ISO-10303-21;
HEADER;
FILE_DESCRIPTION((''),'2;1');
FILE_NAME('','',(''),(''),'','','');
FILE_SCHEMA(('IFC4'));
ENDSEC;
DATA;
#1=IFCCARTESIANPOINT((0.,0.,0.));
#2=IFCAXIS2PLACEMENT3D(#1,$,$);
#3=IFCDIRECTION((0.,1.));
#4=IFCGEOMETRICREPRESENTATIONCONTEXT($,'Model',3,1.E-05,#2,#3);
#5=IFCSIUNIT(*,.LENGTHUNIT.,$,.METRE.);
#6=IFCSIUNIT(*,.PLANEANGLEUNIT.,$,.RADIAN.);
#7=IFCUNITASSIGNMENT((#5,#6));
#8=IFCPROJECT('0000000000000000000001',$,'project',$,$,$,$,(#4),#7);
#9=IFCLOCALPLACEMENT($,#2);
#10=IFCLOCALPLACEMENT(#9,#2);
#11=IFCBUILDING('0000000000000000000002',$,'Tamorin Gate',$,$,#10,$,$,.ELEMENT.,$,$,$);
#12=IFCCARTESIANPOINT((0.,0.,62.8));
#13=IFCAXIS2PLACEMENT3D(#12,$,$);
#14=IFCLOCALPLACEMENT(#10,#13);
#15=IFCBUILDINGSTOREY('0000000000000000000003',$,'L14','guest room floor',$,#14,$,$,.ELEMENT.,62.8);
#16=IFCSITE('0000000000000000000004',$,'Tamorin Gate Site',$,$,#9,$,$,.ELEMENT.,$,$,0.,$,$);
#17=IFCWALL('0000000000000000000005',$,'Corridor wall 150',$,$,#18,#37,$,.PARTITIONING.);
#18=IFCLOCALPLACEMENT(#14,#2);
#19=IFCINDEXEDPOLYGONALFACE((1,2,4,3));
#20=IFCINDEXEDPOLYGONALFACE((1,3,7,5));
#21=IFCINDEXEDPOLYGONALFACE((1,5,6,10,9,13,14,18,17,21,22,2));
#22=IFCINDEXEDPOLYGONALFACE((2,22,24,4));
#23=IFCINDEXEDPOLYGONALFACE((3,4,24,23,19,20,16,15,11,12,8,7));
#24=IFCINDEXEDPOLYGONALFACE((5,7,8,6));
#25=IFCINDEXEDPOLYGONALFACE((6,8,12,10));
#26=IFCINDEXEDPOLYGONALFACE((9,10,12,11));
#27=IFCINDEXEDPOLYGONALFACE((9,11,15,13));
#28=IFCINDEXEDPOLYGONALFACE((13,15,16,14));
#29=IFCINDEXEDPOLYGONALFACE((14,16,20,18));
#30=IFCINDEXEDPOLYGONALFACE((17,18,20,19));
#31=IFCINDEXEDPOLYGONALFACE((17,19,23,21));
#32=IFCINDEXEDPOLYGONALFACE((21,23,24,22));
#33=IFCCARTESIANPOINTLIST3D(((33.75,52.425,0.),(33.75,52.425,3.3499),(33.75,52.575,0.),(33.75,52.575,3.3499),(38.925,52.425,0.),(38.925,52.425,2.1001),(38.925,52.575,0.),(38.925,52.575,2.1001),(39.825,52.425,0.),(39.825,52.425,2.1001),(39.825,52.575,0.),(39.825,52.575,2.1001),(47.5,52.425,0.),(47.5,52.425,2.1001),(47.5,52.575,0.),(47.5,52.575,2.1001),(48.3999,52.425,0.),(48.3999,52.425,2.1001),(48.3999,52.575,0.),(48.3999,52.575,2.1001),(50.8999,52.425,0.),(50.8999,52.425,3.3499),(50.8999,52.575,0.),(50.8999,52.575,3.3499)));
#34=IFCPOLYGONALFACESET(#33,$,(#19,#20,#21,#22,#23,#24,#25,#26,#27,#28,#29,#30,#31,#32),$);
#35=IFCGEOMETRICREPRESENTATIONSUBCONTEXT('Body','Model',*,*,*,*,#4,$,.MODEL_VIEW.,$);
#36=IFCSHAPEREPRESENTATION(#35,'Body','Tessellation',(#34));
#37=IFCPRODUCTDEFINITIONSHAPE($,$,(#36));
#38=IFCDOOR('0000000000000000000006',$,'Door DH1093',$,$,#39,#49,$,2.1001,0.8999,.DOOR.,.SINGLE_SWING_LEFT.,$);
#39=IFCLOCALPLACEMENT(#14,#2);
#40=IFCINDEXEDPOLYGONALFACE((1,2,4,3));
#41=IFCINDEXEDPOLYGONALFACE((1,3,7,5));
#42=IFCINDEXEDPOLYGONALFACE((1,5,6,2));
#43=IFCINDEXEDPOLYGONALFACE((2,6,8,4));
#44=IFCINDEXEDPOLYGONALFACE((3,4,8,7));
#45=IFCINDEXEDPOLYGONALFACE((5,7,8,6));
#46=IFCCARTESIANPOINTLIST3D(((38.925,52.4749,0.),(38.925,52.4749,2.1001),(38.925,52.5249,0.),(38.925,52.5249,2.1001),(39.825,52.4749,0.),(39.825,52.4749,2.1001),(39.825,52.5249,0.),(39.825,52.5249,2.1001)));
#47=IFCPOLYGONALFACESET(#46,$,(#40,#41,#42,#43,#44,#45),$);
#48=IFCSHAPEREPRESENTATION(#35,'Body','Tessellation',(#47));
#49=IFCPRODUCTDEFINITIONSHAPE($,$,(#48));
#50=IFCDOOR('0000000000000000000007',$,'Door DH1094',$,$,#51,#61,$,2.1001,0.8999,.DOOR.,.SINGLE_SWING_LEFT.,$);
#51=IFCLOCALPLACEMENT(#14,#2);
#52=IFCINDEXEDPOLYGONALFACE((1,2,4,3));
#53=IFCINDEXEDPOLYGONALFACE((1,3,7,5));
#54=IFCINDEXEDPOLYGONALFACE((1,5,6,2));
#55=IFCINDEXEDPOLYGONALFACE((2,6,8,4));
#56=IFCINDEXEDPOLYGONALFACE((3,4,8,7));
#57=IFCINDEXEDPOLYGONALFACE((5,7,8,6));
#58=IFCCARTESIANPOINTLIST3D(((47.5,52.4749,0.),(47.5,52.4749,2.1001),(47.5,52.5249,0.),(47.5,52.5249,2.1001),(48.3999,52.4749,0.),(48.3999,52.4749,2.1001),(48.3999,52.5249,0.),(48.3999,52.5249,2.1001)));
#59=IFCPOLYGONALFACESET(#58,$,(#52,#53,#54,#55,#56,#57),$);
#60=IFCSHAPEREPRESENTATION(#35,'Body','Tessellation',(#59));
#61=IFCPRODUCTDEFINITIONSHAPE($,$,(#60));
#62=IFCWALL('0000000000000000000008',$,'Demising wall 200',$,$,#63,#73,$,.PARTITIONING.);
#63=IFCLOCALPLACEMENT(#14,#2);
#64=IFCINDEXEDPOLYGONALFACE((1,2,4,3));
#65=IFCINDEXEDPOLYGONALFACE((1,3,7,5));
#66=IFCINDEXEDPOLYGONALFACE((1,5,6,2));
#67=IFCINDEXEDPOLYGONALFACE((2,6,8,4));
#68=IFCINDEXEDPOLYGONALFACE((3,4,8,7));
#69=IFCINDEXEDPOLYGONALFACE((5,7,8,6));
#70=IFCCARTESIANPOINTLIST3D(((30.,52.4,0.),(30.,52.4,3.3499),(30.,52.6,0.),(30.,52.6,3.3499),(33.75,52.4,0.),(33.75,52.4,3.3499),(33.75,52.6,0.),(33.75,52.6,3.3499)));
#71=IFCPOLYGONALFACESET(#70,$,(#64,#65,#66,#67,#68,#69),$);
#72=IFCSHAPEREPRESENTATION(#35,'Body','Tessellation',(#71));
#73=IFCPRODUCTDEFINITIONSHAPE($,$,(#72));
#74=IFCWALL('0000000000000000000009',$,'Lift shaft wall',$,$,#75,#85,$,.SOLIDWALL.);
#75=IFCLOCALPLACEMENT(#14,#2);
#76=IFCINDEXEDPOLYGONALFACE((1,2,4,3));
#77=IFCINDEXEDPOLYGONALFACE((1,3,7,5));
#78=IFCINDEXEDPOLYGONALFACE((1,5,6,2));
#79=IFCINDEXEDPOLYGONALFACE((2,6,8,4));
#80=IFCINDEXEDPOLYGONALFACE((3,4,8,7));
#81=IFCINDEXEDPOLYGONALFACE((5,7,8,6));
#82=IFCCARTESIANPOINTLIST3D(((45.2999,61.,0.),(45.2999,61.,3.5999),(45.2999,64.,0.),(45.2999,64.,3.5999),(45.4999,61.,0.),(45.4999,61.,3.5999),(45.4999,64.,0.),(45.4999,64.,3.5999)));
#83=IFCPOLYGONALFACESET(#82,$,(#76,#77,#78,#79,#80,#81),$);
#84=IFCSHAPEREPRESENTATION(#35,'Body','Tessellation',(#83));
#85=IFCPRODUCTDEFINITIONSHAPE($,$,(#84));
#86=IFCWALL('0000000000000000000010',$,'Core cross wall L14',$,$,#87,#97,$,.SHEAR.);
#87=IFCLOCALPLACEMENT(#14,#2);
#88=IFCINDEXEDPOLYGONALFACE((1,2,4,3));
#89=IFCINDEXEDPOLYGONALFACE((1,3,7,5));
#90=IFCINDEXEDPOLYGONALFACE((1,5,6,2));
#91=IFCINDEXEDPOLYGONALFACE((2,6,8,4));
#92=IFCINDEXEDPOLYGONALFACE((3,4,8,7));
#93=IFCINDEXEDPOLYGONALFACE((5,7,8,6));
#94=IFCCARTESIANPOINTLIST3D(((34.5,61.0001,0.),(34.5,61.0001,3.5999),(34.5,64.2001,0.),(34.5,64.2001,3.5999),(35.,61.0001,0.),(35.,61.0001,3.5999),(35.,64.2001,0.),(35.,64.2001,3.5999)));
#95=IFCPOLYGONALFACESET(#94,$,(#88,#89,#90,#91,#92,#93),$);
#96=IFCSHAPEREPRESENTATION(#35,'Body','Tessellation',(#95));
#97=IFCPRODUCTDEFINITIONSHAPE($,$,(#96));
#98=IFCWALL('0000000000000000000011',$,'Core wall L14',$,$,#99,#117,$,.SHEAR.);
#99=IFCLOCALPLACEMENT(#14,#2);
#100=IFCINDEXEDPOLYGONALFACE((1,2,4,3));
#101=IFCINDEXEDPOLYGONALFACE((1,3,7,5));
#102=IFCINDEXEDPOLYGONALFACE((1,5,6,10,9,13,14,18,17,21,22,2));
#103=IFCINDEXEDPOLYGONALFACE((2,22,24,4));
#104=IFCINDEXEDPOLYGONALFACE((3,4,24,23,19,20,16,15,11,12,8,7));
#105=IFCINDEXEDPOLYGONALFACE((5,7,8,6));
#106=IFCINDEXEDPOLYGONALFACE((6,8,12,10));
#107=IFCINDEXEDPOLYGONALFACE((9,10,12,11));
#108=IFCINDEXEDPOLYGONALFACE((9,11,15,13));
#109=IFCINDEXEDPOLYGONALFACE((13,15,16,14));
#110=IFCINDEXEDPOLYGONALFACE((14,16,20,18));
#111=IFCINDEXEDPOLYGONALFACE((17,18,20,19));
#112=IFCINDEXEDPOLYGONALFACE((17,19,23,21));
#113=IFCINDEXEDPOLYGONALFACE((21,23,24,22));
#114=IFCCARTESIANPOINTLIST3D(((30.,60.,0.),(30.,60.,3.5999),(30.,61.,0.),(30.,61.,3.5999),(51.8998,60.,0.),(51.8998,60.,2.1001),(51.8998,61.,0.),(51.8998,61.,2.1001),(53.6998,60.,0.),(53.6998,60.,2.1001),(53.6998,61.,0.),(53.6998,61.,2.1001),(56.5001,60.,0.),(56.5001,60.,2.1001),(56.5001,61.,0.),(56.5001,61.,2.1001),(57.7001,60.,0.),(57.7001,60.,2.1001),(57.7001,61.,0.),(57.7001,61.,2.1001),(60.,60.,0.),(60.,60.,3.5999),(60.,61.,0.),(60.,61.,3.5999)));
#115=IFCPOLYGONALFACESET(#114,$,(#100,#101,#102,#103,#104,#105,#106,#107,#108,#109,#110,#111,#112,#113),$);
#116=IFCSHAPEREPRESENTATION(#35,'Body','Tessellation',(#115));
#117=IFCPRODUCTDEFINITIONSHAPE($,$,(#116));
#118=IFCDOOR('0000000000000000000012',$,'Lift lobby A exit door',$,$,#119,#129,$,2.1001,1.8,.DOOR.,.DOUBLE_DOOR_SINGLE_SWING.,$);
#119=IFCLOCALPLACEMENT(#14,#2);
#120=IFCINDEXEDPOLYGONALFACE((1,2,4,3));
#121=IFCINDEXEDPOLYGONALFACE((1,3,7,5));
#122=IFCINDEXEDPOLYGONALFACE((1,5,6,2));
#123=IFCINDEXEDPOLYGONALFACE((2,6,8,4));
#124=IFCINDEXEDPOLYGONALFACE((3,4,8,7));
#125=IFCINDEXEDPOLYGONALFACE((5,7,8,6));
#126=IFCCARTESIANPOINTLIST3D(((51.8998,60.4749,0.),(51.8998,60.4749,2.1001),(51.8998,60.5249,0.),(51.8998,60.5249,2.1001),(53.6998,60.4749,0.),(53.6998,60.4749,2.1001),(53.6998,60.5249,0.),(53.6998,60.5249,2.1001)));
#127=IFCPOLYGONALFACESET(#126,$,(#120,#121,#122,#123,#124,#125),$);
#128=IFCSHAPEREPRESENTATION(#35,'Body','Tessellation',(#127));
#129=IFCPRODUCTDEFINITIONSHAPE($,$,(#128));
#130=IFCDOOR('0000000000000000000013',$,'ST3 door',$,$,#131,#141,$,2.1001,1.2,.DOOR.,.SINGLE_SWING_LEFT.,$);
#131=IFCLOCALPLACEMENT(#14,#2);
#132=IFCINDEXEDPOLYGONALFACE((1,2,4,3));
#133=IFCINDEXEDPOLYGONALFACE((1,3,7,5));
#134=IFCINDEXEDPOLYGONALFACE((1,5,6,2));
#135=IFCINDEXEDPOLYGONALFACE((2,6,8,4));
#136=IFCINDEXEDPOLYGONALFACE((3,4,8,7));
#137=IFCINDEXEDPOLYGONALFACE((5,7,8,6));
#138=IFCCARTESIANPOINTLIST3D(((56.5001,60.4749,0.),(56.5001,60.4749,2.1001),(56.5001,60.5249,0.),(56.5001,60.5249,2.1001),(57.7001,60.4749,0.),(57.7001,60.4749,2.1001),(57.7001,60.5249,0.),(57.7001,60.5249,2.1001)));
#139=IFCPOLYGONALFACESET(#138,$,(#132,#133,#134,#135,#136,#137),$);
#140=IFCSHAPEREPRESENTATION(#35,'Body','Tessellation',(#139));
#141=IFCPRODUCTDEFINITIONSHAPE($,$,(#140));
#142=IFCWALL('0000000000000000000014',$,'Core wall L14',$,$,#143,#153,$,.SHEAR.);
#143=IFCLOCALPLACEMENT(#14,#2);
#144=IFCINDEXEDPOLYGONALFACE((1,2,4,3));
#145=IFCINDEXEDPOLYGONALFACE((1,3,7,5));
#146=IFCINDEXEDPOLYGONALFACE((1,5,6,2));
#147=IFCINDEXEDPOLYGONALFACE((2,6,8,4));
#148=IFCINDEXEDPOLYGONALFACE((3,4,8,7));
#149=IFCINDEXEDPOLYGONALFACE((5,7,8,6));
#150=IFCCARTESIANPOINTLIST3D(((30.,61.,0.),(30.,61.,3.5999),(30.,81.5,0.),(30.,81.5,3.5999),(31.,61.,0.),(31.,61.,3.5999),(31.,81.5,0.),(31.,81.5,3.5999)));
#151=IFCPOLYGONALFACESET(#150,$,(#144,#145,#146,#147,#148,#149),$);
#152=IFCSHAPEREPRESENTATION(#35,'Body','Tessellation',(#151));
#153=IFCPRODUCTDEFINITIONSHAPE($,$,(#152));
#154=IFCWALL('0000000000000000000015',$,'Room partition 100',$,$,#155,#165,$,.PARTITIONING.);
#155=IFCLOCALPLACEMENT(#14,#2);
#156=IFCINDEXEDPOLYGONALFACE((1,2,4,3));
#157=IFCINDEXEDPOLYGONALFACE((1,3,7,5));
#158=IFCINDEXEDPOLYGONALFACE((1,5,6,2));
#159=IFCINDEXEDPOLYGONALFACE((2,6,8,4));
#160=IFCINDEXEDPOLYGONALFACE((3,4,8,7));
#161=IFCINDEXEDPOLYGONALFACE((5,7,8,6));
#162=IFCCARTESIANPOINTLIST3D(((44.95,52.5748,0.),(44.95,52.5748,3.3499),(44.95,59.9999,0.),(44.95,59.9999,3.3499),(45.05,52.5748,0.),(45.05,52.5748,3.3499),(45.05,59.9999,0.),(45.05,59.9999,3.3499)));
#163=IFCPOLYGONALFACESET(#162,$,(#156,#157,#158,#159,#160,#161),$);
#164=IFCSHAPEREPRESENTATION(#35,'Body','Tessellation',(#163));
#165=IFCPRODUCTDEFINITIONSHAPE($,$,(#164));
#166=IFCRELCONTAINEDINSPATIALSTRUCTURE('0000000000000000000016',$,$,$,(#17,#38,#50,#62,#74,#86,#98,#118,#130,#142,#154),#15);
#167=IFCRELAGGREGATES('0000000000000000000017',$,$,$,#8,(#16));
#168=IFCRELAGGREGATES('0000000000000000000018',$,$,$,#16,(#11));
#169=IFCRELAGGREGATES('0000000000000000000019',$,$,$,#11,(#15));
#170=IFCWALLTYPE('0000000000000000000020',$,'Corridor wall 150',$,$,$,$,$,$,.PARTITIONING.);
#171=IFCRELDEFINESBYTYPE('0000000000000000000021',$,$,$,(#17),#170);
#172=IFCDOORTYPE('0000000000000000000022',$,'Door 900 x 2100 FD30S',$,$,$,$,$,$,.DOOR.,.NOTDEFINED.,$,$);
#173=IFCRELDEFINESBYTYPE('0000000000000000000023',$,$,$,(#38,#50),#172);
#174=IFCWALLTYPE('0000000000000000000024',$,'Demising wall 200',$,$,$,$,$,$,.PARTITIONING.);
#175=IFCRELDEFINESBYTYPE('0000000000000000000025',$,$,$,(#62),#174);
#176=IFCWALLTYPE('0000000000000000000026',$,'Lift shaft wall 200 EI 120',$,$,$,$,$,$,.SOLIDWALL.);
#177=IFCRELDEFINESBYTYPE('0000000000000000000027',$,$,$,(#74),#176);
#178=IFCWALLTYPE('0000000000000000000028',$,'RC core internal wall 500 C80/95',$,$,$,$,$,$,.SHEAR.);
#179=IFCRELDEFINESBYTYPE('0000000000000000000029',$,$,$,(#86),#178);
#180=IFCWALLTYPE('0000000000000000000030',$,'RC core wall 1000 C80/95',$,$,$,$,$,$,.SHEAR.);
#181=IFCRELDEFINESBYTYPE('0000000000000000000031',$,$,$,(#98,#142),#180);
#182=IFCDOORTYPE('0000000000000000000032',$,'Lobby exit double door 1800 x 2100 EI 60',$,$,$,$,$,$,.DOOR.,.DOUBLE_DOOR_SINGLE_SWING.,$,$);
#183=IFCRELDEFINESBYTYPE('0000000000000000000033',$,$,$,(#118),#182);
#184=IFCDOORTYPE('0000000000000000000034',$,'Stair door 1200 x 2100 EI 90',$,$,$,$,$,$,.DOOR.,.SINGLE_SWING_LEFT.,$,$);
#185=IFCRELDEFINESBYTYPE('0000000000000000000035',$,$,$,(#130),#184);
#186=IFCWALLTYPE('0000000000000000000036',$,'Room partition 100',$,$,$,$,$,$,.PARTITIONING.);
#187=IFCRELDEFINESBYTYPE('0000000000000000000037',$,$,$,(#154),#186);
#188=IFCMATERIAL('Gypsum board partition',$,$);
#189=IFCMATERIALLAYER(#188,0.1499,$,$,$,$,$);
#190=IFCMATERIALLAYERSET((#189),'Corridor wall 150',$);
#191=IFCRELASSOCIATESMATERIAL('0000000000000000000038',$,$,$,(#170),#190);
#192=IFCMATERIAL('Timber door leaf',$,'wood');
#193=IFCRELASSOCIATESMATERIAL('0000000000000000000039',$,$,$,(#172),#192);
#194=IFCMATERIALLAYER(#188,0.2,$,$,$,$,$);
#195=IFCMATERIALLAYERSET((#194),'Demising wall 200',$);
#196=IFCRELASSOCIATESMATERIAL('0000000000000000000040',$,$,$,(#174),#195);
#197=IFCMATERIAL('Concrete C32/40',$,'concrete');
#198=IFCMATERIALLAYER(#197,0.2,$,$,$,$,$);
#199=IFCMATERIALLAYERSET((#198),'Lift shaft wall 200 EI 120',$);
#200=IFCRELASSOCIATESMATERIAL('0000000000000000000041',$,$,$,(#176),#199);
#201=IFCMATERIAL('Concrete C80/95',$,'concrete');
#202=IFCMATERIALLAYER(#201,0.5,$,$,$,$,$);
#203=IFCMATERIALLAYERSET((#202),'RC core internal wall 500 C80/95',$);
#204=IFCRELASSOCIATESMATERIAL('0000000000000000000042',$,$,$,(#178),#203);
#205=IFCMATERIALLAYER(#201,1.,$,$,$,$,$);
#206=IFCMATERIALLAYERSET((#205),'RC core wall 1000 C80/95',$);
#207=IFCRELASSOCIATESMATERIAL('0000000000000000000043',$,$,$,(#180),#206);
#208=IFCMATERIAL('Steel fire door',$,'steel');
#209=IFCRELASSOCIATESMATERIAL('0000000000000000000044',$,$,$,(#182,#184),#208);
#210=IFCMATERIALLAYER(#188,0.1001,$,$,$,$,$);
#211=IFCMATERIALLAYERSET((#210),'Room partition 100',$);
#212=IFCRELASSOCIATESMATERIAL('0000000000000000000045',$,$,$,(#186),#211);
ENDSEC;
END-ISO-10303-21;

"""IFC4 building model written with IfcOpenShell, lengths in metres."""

from ifc_helpers import new_model, si_unit, direction, frame, frame_2d, origin, place, context, subcontext, project, spatial, rectangle, extrude, material, layer, layer_set, type_object, element, fill, save


model = new_model("IFC4")

# Units and contexts
model_context = context("Model", 3, precision=1e-05, world=origin(), true_north=direction((0.0, 1.0)))
body_context = subcontext(model_context, "Body", "Model", "MODEL_VIEW")
ifc_project = project(units=[si_unit("LENGTHUNIT", "METRE"), si_unit("PLANEANGLEUNIT", "RADIAN")], contexts=[model_context])

# Site, building, storey
site_placement = place(None, origin())
site = spatial("IfcSite", under=ifc_project, at=site_placement, Name="Tamorin Gate Site", CompositionType="ELEMENT", RefElevation=0.0)
building_placement = place(site_placement, origin())
building = spatial("IfcBuilding", under=site, at=building_placement, Name="Tamorin Gate", CompositionType="ELEMENT")
storey_placement = place(building_placement, frame((0.0, 0.0, 62.8)))
storey = spatial("IfcBuildingStorey", under=building, at=storey_placement, Name="L14", Description="guest room floor", CompositionType="ELEMENT", Elevation=62.8)

# Shared definitions
ifc_material_1 = material(Name="Concrete C80/95", Category="concrete")

# Wall, openings, doors
ifc_material_2 = material(Name="Gypsum board partition")
ifc_layer_1 = layer(ifc_material_2, 0.1499)
ifc_layer_set_1 = layer_set([ifc_layer_1], Name="Corridor wall 150")
wall_type_1 = type_object("IfcWallType", Name="Corridor wall 150", PredefinedType="PARTITIONING", material=ifc_layer_set_1)
wall_1_placement = place(storey_placement, frame((33.75, 52.5, 0.0), z_axis=(0.0, 0.0, 1.0), x_axis=(1.0, 0.0, 0.0)))
wall_1 = element("IfcWall", 1, at=wall_1_placement, inside=storey, type_object=wall_type_1, Name="Corridor wall 150", PredefinedType="PARTITIONING", context=body_context, shape_type="SweptSolid", body=[
    extrude(rectangle(XDim=17.1499, YDim=0.1499, at=frame_2d((8.575, 0.0))), origin(), (0.0, 0.0, 1.0), 3.3499),
])
opening_1_placement = place(wall_1_placement, frame((5.175, 0.0, 0.0)))
opening_1 = element("IfcOpeningElement", 2, at=opening_1_placement, cuts=wall_1, PredefinedType="OPENING", context=body_context, shape_type="SweptSolid", body=[
    extrude(rectangle(XDim=0.8999, YDim=2.1001, at=frame_2d((0.45, 1.05))), frame((0.0, 0.085, 0.0), z_axis=(0.0, -1.0, 0.0), x_axis=(1.0, 0.0, 0.0)), (0.0, 0.0, 1.0), 0.1699),
])
opening_2_placement = place(wall_1_placement, frame((13.75, 0.0, 0.0)))
opening_2 = element("IfcOpeningElement", 3, at=opening_2_placement, cuts=wall_1, PredefinedType="OPENING", context=body_context, shape_type="SweptSolid", body=[
    extrude(rectangle(XDim=0.8999, YDim=2.1001, at=frame_2d((0.45, 1.05))), frame((0.0, 0.085, 0.0), z_axis=(0.0, -1.0, 0.0), x_axis=(1.0, 0.0, 0.0)), (0.0, 0.0, 1.0), 0.1699),
])
ifc_material_3 = material(Name="Timber door leaf", Category="wood")
door_type_1 = type_object("IfcDoorType", Name="Door 900 x 2100 FD30S", OperationType="NOTDEFINED", PredefinedType="DOOR", material=ifc_material_3)
door_1_placement = place(opening_1_placement, origin())
door_1 = element("IfcDoor", 4, at=door_1_placement, inside=storey, type_object=door_type_1, Name="Door DH1093", OperationType="SINGLE_SWING_LEFT", OverallHeight=2.1001, OverallWidth=0.8999, PredefinedType="DOOR", context=body_context, shape_type="SweptSolid", body=[
    extrude(rectangle(XDim=0.8999, YDim=2.1001, at=frame_2d((0.45, 1.05))), frame((0.0, 0.0249, 0.0), z_axis=(0.0, -1.0, 0.0), x_axis=(1.0, 0.0, 0.0)), (0.0, 0.0, 1.0), 0.05),
])
fill(opening_1, door_1)
door_2_placement = place(opening_2_placement, origin())
door_2 = element("IfcDoor", 5, at=door_2_placement, inside=storey, type_object=door_type_1, Name="Door DH1094", OperationType="SINGLE_SWING_LEFT", OverallHeight=2.1001, OverallWidth=0.8999, PredefinedType="DOOR", context=body_context, shape_type="SweptSolid", body=[
    extrude(rectangle(XDim=0.8999, YDim=2.1001, at=frame_2d((0.45, 1.05))), frame((0.0, 0.0249, 0.0), z_axis=(0.0, -1.0, 0.0), x_axis=(1.0, 0.0, 0.0)), (0.0, 0.0, 1.0), 0.05),
])
fill(opening_2, door_2)

# Walls
ifc_layer_2 = layer(ifc_material_2, 0.2)
ifc_layer_set_2 = layer_set([ifc_layer_2], Name="Demising wall 200")
wall_type_2 = type_object("IfcWallType", Name="Demising wall 200", PredefinedType="PARTITIONING", material=ifc_layer_set_2)
wall_2_placement = place(storey_placement, frame((30.0, 52.5, 0.0), z_axis=(0.0, 0.0, 1.0), x_axis=(1.0, 0.0, 0.0)))
element("IfcWall", 6, at=wall_2_placement, inside=storey, type_object=wall_type_2, Name="Demising wall 200", PredefinedType="PARTITIONING", context=body_context, shape_type="SweptSolid", body=[
    extrude(rectangle(XDim=3.75, YDim=0.2, at=frame_2d((1.875, 0.0))), origin(), (0.0, 0.0, 1.0), 3.3499),
])
ifc_material_4 = material(Name="Concrete C32/40", Category="concrete")
ifc_layer_3 = layer(ifc_material_4, 0.2)
ifc_layer_set_3 = layer_set([ifc_layer_3], Name="Lift shaft wall 200 EI 120")
wall_type_3 = type_object("IfcWallType", Name="Lift shaft wall 200 EI 120", PredefinedType="SOLIDWALL", material=ifc_layer_set_3)
wall_3_placement = place(storey_placement, frame((45.3999, 61.0, 0.0), z_axis=(0.0, 0.0, 1.0), x_axis=(0.0, 1.0, 0.0)))
element("IfcWall", 7, at=wall_3_placement, inside=storey, type_object=wall_type_3, Name="Lift shaft wall", PredefinedType="SOLIDWALL", context=body_context, shape_type="SweptSolid", body=[
    extrude(rectangle(XDim=3.0, YDim=0.2, at=frame_2d((1.5, 0.0))), origin(), (0.0, 0.0, 1.0), 3.5999),
])
ifc_layer_4 = layer(ifc_material_1, 0.5)
ifc_layer_set_4 = layer_set([ifc_layer_4], Name="RC core internal wall 500 C80/95")
wall_type_4 = type_object("IfcWallType", Name="RC core internal wall 500 C80/95", PredefinedType="SHEAR", material=ifc_layer_set_4)
wall_4_placement = place(storey_placement, frame((34.75, 61.0, 0.0), z_axis=(0.0, 0.0, 1.0), x_axis=(0.0, 1.0, 0.0)))
element("IfcWall", 8, at=wall_4_placement, inside=storey, type_object=wall_type_4, Name="Core cross wall L14", PredefinedType="SHEAR", context=body_context, shape_type="SweptSolid", body=[
    extrude(rectangle(XDim=3.2, YDim=0.5, at=frame_2d((1.6001, 0.0))), origin(), (0.0, 0.0, 1.0), 3.5999),
])

# Wall, openings, doors
ifc_layer_5 = layer(ifc_material_1, 1.0)
ifc_layer_set_5 = layer_set([ifc_layer_5], Name="RC core wall 1000 C80/95")
wall_type_5 = type_object("IfcWallType", Name="RC core wall 1000 C80/95", PredefinedType="SHEAR", material=ifc_layer_set_5)
wall_5_placement = place(storey_placement, frame((30.0, 60.5, 0.0), z_axis=(0.0, 0.0, 1.0), x_axis=(1.0, 0.0, 0.0)))
wall_5 = element("IfcWall", 9, at=wall_5_placement, inside=storey, type_object=wall_type_5, Name="Core wall L14", PredefinedType="SHEAR", context=body_context, shape_type="SweptSolid", body=[
    extrude(rectangle(XDim=30.0, YDim=1.0, at=frame_2d((15.0, 0.0))), origin(), (0.0, 0.0, 1.0), 3.5999),
])
opening_3_placement = place(wall_5_placement, frame((21.8999, 0.0, 0.0)))
opening_3 = element("IfcOpeningElement", 10, at=opening_3_placement, cuts=wall_5, PredefinedType="OPENING", context=body_context, shape_type="SweptSolid", body=[
    extrude(rectangle(XDim=1.8, YDim=2.1001, at=frame_2d((0.8999, 1.05))), frame((0.0, 0.51, 0.0), z_axis=(0.0, -1.0, 0.0), x_axis=(1.0, 0.0, 0.0)), (0.0, 0.0, 1.0), 1.02),
])
opening_4_placement = place(wall_5_placement, frame((26.5, 0.0, 0.0)))
opening_4 = element("IfcOpeningElement", 11, at=opening_4_placement, cuts=wall_5, PredefinedType="OPENING", context=body_context, shape_type="SweptSolid", body=[
    extrude(rectangle(XDim=1.2, YDim=2.1001, at=frame_2d((0.6001, 1.05))), frame((0.0, 0.51, 0.0), z_axis=(0.0, -1.0, 0.0), x_axis=(1.0, 0.0, 0.0)), (0.0, 0.0, 1.0), 1.02),
])
ifc_material_5 = material(Name="Steel fire door", Category="steel")
door_type_2 = type_object("IfcDoorType", Name="Lobby exit double door 1800 x 2100 EI 60", OperationType="DOUBLE_DOOR_SINGLE_SWING", PredefinedType="DOOR", material=ifc_material_5)
door_3_placement = place(opening_3_placement, origin())
door_3 = element("IfcDoor", 12, at=door_3_placement, inside=storey, type_object=door_type_2, Name="Lift lobby A exit door", OperationType="DOUBLE_DOOR_SINGLE_SWING", OverallHeight=2.1001, OverallWidth=1.8, PredefinedType="DOOR", context=body_context, shape_type="SweptSolid", body=[
    extrude(rectangle(XDim=1.8, YDim=2.1001, at=frame_2d((0.8999, 1.05))), frame((0.0, 0.0249, 0.0), z_axis=(0.0, -1.0, 0.0), x_axis=(1.0, 0.0, 0.0)), (0.0, 0.0, 1.0), 0.05),
])
fill(opening_3, door_3)
door_type_3 = type_object("IfcDoorType", Name="Stair door 1200 x 2100 EI 90", OperationType="SINGLE_SWING_LEFT", PredefinedType="DOOR", material=ifc_material_5)
door_4_placement = place(opening_4_placement, origin())
door_4 = element("IfcDoor", 13, at=door_4_placement, inside=storey, type_object=door_type_3, Name="ST3 door", OperationType="SINGLE_SWING_LEFT", OverallHeight=2.1001, OverallWidth=1.2, PredefinedType="DOOR", context=body_context, shape_type="SweptSolid", body=[
    extrude(rectangle(XDim=1.2, YDim=2.1001, at=frame_2d((0.6001, 1.05))), frame((0.0, 0.0249, 0.0), z_axis=(0.0, -1.0, 0.0), x_axis=(1.0, 0.0, 0.0)), (0.0, 0.0, 1.0), 0.05),
])
fill(opening_4, door_4)

# Walls
wall_6_placement = place(storey_placement, frame((30.5, 61.0, 0.0), z_axis=(0.0, 0.0, 1.0), x_axis=(0.0, 1.0, 0.0)))
element("IfcWall", 14, at=wall_6_placement, inside=storey, type_object=wall_type_5, Name="Core wall L14", PredefinedType="SHEAR", context=body_context, shape_type="SweptSolid", body=[
    extrude(rectangle(XDim=20.5, YDim=1.0, at=frame_2d((10.25, 0.0))), origin(), (0.0, 0.0, 1.0), 3.5999),
])
ifc_layer_6 = layer(ifc_material_2, 0.1001)
ifc_layer_set_6 = layer_set([ifc_layer_6], Name="Room partition 100")
wall_type_6 = type_object("IfcWallType", Name="Room partition 100", PredefinedType="PARTITIONING", material=ifc_layer_set_6)
wall_7_placement = place(storey_placement, frame((45.0, 52.575, 0.0), z_axis=(0.0, 0.0, 1.0), x_axis=(0.0, 1.0, 0.0)))
element("IfcWall", 15, at=wall_7_placement, inside=storey, type_object=wall_type_6, Name="Room partition 100", PredefinedType="PARTITIONING", context=body_context, shape_type="SweptSolid", body=[
    extrude(rectangle(XDim=7.425, YDim=0.1001, at=frame_2d((3.7124, 0.0))), origin(), (0.0, 0.0, 1.0), 3.3499),
])

save(model, "model.ifc")
